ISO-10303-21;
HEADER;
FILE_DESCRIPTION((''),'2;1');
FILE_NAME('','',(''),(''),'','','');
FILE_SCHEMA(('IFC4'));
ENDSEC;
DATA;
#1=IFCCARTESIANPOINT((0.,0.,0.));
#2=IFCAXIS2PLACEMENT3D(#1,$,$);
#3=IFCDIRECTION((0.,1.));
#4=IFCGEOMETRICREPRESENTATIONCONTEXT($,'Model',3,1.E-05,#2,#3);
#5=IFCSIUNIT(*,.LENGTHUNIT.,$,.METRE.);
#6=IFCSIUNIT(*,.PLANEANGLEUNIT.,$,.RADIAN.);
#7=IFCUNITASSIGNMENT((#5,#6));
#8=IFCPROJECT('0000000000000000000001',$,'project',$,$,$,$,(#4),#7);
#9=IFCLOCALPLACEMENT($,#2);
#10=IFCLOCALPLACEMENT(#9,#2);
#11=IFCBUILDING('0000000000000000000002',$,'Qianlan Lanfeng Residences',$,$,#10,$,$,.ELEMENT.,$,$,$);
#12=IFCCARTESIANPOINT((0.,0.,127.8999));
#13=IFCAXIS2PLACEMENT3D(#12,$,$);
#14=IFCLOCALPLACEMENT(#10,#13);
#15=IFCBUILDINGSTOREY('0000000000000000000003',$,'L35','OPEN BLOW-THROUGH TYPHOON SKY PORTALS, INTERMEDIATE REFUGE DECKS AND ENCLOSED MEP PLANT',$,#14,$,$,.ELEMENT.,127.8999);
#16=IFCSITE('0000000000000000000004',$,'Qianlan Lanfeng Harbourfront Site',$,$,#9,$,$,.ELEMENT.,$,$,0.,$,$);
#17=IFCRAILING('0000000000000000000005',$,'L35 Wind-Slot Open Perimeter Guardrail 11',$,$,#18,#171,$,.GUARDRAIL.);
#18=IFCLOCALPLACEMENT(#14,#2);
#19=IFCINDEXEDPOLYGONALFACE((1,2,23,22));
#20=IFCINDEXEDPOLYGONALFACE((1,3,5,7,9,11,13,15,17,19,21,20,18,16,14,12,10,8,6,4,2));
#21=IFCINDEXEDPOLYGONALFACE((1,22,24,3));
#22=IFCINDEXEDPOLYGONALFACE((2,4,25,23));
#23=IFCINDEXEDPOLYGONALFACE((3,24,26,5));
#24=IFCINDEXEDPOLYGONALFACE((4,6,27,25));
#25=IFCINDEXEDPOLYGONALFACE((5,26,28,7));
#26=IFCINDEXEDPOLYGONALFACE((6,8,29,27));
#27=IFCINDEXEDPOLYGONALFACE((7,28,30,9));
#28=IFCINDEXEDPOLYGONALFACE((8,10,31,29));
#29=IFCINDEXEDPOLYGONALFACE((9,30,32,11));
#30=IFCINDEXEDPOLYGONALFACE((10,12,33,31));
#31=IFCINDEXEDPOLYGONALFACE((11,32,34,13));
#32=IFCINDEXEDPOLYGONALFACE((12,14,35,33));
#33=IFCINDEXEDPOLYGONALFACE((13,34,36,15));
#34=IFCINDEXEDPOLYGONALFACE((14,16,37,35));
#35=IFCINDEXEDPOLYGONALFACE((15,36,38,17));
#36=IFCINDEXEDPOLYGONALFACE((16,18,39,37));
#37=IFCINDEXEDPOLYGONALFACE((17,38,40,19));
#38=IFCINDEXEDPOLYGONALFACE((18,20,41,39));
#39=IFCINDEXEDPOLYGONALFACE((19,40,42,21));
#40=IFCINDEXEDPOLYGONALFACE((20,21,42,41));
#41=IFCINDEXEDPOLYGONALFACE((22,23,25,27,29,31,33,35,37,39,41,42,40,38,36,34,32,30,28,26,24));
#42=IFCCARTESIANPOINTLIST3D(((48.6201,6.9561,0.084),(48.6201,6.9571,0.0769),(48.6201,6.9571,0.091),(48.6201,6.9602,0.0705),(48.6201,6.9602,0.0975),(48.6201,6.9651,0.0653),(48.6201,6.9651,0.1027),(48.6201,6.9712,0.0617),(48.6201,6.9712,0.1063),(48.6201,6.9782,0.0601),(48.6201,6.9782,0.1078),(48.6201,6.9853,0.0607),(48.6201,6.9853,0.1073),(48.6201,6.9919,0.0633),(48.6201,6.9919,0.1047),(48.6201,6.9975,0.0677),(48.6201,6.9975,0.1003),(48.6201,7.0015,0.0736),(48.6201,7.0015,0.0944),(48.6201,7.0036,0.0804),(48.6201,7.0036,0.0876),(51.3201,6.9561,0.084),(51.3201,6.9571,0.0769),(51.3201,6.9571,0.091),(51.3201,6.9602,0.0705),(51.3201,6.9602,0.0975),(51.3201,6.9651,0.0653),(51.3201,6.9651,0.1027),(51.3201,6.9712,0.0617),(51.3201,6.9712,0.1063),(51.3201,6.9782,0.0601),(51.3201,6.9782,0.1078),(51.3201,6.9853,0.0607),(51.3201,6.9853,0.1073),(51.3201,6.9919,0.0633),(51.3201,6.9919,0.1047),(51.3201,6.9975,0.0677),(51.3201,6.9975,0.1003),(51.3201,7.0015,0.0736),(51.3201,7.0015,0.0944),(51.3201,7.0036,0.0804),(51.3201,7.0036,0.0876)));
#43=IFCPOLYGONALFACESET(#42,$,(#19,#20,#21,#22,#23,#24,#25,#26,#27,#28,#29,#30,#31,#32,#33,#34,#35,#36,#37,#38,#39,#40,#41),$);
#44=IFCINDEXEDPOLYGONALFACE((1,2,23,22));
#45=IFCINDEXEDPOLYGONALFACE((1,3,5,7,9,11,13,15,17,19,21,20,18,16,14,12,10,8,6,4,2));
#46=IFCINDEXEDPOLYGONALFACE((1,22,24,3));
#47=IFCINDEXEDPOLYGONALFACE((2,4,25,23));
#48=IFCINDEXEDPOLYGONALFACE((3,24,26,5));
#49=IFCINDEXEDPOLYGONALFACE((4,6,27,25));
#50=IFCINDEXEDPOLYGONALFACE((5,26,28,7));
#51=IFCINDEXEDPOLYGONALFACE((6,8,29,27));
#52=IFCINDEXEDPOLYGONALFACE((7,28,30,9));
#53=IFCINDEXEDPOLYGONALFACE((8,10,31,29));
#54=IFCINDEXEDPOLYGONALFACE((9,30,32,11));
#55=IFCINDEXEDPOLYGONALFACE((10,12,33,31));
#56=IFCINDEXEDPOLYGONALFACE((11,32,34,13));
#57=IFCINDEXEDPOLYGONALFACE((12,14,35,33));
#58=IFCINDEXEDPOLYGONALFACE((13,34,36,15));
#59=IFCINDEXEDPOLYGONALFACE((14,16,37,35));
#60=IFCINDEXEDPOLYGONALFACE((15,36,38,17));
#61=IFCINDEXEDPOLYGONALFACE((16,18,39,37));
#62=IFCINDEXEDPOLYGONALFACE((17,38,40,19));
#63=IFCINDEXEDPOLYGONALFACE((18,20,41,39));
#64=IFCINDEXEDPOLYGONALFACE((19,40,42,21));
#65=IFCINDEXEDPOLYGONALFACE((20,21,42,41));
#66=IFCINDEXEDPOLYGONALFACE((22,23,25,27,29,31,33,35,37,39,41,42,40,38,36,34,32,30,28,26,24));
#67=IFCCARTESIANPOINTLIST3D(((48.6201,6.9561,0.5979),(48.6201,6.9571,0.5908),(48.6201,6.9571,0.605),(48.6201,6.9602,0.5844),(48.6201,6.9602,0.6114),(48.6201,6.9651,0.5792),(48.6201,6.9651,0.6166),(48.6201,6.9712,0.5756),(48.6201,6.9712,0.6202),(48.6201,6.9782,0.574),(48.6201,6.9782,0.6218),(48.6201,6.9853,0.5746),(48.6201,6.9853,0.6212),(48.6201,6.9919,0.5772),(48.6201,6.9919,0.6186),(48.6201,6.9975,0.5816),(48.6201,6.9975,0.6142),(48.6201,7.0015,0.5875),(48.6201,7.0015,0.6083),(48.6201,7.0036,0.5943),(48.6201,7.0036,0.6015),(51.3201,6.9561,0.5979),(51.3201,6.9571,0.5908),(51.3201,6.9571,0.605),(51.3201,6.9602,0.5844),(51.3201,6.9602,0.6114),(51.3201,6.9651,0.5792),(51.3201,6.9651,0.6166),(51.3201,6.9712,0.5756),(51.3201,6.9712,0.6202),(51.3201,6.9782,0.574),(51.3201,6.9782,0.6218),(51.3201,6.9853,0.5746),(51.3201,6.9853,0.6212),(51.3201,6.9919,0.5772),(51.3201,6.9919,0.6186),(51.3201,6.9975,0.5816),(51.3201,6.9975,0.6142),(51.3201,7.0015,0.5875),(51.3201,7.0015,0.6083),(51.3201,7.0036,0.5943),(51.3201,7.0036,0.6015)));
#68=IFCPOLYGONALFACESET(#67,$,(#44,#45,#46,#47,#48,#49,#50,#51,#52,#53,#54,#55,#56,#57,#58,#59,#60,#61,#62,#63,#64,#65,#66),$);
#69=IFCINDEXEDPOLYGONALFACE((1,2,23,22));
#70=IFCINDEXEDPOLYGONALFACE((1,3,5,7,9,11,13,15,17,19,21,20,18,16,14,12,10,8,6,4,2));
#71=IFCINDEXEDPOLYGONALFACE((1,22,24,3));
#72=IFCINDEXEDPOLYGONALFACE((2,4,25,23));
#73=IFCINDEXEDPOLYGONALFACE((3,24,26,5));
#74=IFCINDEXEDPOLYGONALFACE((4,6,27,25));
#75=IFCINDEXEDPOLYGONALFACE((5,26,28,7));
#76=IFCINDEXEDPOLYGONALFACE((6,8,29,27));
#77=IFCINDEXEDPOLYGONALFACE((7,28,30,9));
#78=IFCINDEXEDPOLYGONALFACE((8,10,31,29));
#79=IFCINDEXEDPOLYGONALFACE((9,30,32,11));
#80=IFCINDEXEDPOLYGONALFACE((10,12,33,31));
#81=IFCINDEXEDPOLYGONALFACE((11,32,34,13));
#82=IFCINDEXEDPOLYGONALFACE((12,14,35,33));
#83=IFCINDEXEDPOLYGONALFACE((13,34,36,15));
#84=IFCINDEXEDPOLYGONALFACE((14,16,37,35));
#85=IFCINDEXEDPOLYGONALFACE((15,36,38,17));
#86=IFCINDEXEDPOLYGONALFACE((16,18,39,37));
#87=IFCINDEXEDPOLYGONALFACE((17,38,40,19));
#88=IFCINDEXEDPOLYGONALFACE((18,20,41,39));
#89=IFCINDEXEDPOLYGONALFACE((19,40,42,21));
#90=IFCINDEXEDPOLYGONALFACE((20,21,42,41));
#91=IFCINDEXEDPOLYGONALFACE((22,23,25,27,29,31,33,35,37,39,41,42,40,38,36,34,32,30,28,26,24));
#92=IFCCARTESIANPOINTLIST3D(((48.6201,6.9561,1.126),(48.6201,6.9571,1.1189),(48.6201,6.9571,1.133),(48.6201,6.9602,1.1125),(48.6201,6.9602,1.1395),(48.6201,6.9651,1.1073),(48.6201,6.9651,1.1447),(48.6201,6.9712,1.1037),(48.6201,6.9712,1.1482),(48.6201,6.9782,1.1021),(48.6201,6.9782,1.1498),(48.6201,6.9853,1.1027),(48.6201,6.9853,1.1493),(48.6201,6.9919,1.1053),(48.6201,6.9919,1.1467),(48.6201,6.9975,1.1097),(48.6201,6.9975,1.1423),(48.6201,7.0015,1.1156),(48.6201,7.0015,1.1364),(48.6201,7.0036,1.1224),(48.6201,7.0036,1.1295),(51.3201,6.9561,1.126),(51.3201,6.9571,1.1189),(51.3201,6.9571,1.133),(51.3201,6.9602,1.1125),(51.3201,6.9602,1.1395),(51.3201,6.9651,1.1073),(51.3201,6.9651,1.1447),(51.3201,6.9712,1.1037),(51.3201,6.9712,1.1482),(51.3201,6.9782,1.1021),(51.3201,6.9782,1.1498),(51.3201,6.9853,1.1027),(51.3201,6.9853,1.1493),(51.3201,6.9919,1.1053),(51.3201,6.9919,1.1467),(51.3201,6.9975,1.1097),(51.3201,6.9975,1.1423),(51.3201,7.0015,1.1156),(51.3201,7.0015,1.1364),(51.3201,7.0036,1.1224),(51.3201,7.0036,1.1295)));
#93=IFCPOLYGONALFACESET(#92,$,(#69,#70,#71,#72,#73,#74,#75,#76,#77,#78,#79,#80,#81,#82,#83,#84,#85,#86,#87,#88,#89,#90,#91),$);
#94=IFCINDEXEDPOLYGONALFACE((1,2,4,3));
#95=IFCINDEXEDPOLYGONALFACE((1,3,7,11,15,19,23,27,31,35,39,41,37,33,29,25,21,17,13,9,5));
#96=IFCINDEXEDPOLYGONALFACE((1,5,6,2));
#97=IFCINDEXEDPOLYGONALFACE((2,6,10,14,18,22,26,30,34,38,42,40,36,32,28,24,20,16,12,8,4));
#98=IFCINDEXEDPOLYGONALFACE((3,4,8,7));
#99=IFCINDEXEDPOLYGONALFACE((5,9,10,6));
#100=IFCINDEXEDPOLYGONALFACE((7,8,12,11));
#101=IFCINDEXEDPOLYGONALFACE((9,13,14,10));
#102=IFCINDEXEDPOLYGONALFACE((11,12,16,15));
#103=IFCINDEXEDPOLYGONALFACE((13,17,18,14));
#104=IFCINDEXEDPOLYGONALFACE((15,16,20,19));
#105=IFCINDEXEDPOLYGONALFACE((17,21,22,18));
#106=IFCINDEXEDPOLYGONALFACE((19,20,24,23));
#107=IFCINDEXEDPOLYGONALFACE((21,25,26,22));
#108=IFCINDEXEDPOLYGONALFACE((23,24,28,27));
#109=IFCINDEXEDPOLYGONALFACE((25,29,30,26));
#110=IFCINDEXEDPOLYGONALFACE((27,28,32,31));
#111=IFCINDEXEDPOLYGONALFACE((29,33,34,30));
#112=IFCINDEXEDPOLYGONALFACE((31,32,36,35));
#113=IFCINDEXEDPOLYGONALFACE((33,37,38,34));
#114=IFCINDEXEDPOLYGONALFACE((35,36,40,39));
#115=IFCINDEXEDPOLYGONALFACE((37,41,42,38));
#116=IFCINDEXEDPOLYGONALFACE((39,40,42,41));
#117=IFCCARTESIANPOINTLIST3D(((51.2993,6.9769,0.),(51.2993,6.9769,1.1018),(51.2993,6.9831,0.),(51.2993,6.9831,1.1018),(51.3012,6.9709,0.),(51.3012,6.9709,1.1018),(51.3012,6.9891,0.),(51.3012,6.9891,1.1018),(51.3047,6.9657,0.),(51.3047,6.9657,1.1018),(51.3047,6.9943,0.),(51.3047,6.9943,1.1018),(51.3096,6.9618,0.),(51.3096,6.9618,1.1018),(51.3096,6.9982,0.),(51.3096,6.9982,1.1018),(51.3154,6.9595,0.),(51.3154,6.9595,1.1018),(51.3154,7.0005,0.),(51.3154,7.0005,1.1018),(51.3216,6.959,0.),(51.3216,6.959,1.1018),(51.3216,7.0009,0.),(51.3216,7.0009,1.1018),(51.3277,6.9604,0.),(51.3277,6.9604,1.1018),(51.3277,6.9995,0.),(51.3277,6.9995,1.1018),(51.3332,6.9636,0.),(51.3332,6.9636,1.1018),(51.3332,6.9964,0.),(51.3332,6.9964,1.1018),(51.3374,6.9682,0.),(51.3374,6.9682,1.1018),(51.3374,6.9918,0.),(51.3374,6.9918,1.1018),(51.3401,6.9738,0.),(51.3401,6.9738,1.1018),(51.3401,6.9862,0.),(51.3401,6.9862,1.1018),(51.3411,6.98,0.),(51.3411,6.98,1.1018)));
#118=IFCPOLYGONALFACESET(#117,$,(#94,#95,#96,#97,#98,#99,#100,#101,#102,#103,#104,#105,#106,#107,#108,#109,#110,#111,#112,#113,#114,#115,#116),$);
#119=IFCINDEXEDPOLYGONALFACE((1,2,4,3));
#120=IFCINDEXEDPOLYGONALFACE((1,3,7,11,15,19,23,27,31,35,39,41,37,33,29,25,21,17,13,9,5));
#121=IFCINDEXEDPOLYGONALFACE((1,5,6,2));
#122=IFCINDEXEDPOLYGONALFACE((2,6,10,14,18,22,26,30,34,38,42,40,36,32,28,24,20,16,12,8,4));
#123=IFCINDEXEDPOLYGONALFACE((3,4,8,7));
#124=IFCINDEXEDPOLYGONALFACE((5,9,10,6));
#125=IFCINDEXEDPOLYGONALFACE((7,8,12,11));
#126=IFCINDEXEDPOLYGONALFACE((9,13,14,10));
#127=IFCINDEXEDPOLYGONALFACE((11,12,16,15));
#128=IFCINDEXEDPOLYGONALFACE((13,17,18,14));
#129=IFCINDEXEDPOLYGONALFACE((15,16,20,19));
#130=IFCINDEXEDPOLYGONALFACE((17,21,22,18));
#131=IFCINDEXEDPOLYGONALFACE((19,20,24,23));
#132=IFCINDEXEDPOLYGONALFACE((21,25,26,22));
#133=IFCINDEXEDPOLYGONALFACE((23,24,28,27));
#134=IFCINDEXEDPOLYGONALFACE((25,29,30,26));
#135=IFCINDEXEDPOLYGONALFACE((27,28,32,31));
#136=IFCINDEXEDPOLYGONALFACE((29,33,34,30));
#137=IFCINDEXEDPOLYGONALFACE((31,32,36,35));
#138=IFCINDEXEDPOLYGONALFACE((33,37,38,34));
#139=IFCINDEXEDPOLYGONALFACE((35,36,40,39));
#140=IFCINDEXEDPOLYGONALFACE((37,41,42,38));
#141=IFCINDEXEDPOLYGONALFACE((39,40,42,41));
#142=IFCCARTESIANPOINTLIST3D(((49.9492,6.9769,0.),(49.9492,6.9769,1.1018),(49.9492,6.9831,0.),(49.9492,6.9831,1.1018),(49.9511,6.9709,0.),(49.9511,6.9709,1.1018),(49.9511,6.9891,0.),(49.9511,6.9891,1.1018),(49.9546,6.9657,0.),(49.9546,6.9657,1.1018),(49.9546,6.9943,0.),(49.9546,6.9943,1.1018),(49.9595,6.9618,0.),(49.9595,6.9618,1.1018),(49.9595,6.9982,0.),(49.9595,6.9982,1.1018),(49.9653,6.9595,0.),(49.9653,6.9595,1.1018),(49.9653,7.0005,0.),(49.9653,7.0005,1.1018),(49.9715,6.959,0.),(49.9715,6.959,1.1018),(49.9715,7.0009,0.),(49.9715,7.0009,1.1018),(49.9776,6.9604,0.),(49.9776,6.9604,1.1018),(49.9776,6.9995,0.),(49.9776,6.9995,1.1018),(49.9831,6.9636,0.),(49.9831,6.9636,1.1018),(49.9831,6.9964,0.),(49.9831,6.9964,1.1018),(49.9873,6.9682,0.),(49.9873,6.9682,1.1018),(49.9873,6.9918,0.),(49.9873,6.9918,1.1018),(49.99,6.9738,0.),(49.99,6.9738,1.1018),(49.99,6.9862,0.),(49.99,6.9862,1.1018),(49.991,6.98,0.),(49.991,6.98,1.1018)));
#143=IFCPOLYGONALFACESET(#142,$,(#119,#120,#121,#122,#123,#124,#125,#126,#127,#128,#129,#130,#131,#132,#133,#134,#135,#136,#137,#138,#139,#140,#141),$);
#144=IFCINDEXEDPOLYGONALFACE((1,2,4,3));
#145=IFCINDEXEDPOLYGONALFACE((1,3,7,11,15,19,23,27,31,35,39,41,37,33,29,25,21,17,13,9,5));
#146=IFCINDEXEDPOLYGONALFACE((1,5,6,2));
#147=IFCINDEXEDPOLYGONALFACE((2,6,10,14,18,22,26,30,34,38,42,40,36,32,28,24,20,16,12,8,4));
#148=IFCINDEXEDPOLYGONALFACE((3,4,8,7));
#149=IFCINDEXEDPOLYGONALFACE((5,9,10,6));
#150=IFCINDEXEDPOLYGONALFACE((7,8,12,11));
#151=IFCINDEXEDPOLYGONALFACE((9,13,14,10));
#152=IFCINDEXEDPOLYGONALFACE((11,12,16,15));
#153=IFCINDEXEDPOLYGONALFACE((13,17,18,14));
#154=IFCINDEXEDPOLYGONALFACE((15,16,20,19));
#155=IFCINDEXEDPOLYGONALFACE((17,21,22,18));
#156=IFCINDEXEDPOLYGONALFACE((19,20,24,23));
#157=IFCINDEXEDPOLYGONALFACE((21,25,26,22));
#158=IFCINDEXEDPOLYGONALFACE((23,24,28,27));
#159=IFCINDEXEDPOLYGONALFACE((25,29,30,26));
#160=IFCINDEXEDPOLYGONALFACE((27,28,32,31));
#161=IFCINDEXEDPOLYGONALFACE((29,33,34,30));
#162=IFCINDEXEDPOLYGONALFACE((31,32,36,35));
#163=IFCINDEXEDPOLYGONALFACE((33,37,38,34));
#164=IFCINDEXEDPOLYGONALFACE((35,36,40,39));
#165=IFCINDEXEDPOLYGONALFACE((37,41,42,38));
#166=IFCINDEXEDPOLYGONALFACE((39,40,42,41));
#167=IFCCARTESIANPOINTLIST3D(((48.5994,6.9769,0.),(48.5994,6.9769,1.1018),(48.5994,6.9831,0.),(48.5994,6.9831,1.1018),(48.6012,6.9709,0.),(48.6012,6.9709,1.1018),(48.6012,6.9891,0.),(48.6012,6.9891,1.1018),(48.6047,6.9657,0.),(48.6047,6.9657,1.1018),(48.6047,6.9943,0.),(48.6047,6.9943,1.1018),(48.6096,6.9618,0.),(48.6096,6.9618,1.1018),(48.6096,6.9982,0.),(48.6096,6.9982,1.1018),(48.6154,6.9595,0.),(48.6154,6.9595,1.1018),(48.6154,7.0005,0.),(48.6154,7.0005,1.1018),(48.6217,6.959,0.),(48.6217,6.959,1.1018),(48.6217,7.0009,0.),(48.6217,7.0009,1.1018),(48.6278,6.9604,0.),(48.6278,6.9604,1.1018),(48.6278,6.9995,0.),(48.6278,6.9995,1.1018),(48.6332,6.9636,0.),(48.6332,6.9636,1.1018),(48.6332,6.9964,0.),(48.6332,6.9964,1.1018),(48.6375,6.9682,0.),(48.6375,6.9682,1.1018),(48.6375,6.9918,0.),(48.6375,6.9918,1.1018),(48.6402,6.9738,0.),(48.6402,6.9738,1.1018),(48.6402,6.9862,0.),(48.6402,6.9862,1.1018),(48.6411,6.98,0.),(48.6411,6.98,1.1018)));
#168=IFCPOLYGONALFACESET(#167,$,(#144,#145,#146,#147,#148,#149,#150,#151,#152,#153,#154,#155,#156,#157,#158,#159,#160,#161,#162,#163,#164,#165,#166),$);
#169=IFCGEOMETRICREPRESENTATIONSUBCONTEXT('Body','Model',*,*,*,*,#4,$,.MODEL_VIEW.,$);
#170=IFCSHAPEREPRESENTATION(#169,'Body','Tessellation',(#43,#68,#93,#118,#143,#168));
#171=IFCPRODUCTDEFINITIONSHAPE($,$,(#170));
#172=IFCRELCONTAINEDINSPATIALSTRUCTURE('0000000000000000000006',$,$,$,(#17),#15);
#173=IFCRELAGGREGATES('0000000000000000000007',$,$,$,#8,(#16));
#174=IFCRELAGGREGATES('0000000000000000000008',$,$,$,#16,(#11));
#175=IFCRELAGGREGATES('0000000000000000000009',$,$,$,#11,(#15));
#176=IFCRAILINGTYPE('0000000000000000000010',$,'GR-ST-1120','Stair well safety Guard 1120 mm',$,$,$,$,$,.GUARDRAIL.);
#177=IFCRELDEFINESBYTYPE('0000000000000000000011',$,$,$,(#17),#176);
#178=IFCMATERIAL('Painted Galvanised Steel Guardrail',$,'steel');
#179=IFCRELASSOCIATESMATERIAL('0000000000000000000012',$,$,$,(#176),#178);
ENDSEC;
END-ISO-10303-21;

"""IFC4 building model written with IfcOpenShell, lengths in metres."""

from ifc_helpers import new_model, si_unit, direction, frame, origin, origin_2d, place, context, subcontext, project, spatial, circle, extrude, material, type_object, element, save


model = new_model("IFC4")

# Units and contexts
model_context = context("Model", 3, precision=1e-05, world=origin(), true_north=direction((0.0, 1.0)))
body_context = subcontext(model_context, "Body", "Model", "MODEL_VIEW")
ifc_project = project(units=[si_unit("LENGTHUNIT", "METRE"), si_unit("PLANEANGLEUNIT", "RADIAN")], contexts=[model_context])

# Site, building, storey
site_placement = place(None, origin())
site = spatial("IfcSite", under=ifc_project, at=site_placement, Name="Qianlan Lanfeng Harbourfront Site", CompositionType="ELEMENT", RefElevation=0.0)
building_placement = place(site_placement, origin())
building = spatial("IfcBuilding", under=site, at=building_placement, Name="Qianlan Lanfeng Residences", CompositionType="ELEMENT")
storey_placement = place(building_placement, frame((0.0, 0.0, 127.8999)))
storey = spatial("IfcBuildingStorey", under=building, at=storey_placement, Name="L35", Description="OPEN BLOW-THROUGH TYPHOON SKY PORTALS, INTERMEDIATE REFUGE DECKS AND ENCLOSED MEP PLANT", CompositionType="ELEMENT", Elevation=127.8999)

# Railing
ifc_material_1 = material(Name="Painted Galvanised Steel Guardrail", Category="steel")
railing_type = type_object("IfcRailingType", Name="GR-ST-1120", Description="Stair well safety Guard 1120 mm", PredefinedType="GUARDRAIL", material=ifc_material_1)
railing_1_placement = place(storey_placement, frame((51.3201, 6.98, 0.0)))
element("IfcRailing", 1, at=railing_1_placement, inside=storey, type_object=railing_type, Name="L35 Wind-Slot Open Perimeter Guardrail 11", PredefinedType="GUARDRAIL", context=body_context, shape_type="SweptSolid", body=[
    extrude(circle(Radius=0.0239, at=origin_2d()), frame((0.0, 0.0, 0.084), z_axis=(-1.0, 0.0, 0.0), x_axis=(0.0, -1.0, 0.0)), (0.0, 0.0, 1.0), 2.7),
    extrude(circle(Radius=0.0239, at=origin_2d()), frame((0.0, 0.0, 0.5979), z_axis=(-1.0, 0.0, 0.0), x_axis=(0.0, -1.0, 0.0)), (0.0, 0.0, 1.0), 2.7),
    extrude(circle(Radius=0.0239, at=origin_2d()), frame((0.0, 0.0, 1.126), z_axis=(-1.0, 0.0, 0.0), x_axis=(0.0, -1.0, 0.0)), (0.0, 0.0, 1.0), 2.7),
    extrude(circle(Radius=0.021, at=origin_2d()), origin(), (0.0, 0.0, 1.0), 1.1018),
    extrude(circle(Radius=0.021, at=origin_2d()), frame((-1.3501, 0.0, 0.0)), (0.0, 0.0, 1.0), 1.1018),
    extrude(circle(Radius=0.021, at=origin_2d()), frame((-2.7, 0.0, 0.0)), (0.0, 0.0, 1.0), 1.1018),
])

save(model, "model.ifc")
